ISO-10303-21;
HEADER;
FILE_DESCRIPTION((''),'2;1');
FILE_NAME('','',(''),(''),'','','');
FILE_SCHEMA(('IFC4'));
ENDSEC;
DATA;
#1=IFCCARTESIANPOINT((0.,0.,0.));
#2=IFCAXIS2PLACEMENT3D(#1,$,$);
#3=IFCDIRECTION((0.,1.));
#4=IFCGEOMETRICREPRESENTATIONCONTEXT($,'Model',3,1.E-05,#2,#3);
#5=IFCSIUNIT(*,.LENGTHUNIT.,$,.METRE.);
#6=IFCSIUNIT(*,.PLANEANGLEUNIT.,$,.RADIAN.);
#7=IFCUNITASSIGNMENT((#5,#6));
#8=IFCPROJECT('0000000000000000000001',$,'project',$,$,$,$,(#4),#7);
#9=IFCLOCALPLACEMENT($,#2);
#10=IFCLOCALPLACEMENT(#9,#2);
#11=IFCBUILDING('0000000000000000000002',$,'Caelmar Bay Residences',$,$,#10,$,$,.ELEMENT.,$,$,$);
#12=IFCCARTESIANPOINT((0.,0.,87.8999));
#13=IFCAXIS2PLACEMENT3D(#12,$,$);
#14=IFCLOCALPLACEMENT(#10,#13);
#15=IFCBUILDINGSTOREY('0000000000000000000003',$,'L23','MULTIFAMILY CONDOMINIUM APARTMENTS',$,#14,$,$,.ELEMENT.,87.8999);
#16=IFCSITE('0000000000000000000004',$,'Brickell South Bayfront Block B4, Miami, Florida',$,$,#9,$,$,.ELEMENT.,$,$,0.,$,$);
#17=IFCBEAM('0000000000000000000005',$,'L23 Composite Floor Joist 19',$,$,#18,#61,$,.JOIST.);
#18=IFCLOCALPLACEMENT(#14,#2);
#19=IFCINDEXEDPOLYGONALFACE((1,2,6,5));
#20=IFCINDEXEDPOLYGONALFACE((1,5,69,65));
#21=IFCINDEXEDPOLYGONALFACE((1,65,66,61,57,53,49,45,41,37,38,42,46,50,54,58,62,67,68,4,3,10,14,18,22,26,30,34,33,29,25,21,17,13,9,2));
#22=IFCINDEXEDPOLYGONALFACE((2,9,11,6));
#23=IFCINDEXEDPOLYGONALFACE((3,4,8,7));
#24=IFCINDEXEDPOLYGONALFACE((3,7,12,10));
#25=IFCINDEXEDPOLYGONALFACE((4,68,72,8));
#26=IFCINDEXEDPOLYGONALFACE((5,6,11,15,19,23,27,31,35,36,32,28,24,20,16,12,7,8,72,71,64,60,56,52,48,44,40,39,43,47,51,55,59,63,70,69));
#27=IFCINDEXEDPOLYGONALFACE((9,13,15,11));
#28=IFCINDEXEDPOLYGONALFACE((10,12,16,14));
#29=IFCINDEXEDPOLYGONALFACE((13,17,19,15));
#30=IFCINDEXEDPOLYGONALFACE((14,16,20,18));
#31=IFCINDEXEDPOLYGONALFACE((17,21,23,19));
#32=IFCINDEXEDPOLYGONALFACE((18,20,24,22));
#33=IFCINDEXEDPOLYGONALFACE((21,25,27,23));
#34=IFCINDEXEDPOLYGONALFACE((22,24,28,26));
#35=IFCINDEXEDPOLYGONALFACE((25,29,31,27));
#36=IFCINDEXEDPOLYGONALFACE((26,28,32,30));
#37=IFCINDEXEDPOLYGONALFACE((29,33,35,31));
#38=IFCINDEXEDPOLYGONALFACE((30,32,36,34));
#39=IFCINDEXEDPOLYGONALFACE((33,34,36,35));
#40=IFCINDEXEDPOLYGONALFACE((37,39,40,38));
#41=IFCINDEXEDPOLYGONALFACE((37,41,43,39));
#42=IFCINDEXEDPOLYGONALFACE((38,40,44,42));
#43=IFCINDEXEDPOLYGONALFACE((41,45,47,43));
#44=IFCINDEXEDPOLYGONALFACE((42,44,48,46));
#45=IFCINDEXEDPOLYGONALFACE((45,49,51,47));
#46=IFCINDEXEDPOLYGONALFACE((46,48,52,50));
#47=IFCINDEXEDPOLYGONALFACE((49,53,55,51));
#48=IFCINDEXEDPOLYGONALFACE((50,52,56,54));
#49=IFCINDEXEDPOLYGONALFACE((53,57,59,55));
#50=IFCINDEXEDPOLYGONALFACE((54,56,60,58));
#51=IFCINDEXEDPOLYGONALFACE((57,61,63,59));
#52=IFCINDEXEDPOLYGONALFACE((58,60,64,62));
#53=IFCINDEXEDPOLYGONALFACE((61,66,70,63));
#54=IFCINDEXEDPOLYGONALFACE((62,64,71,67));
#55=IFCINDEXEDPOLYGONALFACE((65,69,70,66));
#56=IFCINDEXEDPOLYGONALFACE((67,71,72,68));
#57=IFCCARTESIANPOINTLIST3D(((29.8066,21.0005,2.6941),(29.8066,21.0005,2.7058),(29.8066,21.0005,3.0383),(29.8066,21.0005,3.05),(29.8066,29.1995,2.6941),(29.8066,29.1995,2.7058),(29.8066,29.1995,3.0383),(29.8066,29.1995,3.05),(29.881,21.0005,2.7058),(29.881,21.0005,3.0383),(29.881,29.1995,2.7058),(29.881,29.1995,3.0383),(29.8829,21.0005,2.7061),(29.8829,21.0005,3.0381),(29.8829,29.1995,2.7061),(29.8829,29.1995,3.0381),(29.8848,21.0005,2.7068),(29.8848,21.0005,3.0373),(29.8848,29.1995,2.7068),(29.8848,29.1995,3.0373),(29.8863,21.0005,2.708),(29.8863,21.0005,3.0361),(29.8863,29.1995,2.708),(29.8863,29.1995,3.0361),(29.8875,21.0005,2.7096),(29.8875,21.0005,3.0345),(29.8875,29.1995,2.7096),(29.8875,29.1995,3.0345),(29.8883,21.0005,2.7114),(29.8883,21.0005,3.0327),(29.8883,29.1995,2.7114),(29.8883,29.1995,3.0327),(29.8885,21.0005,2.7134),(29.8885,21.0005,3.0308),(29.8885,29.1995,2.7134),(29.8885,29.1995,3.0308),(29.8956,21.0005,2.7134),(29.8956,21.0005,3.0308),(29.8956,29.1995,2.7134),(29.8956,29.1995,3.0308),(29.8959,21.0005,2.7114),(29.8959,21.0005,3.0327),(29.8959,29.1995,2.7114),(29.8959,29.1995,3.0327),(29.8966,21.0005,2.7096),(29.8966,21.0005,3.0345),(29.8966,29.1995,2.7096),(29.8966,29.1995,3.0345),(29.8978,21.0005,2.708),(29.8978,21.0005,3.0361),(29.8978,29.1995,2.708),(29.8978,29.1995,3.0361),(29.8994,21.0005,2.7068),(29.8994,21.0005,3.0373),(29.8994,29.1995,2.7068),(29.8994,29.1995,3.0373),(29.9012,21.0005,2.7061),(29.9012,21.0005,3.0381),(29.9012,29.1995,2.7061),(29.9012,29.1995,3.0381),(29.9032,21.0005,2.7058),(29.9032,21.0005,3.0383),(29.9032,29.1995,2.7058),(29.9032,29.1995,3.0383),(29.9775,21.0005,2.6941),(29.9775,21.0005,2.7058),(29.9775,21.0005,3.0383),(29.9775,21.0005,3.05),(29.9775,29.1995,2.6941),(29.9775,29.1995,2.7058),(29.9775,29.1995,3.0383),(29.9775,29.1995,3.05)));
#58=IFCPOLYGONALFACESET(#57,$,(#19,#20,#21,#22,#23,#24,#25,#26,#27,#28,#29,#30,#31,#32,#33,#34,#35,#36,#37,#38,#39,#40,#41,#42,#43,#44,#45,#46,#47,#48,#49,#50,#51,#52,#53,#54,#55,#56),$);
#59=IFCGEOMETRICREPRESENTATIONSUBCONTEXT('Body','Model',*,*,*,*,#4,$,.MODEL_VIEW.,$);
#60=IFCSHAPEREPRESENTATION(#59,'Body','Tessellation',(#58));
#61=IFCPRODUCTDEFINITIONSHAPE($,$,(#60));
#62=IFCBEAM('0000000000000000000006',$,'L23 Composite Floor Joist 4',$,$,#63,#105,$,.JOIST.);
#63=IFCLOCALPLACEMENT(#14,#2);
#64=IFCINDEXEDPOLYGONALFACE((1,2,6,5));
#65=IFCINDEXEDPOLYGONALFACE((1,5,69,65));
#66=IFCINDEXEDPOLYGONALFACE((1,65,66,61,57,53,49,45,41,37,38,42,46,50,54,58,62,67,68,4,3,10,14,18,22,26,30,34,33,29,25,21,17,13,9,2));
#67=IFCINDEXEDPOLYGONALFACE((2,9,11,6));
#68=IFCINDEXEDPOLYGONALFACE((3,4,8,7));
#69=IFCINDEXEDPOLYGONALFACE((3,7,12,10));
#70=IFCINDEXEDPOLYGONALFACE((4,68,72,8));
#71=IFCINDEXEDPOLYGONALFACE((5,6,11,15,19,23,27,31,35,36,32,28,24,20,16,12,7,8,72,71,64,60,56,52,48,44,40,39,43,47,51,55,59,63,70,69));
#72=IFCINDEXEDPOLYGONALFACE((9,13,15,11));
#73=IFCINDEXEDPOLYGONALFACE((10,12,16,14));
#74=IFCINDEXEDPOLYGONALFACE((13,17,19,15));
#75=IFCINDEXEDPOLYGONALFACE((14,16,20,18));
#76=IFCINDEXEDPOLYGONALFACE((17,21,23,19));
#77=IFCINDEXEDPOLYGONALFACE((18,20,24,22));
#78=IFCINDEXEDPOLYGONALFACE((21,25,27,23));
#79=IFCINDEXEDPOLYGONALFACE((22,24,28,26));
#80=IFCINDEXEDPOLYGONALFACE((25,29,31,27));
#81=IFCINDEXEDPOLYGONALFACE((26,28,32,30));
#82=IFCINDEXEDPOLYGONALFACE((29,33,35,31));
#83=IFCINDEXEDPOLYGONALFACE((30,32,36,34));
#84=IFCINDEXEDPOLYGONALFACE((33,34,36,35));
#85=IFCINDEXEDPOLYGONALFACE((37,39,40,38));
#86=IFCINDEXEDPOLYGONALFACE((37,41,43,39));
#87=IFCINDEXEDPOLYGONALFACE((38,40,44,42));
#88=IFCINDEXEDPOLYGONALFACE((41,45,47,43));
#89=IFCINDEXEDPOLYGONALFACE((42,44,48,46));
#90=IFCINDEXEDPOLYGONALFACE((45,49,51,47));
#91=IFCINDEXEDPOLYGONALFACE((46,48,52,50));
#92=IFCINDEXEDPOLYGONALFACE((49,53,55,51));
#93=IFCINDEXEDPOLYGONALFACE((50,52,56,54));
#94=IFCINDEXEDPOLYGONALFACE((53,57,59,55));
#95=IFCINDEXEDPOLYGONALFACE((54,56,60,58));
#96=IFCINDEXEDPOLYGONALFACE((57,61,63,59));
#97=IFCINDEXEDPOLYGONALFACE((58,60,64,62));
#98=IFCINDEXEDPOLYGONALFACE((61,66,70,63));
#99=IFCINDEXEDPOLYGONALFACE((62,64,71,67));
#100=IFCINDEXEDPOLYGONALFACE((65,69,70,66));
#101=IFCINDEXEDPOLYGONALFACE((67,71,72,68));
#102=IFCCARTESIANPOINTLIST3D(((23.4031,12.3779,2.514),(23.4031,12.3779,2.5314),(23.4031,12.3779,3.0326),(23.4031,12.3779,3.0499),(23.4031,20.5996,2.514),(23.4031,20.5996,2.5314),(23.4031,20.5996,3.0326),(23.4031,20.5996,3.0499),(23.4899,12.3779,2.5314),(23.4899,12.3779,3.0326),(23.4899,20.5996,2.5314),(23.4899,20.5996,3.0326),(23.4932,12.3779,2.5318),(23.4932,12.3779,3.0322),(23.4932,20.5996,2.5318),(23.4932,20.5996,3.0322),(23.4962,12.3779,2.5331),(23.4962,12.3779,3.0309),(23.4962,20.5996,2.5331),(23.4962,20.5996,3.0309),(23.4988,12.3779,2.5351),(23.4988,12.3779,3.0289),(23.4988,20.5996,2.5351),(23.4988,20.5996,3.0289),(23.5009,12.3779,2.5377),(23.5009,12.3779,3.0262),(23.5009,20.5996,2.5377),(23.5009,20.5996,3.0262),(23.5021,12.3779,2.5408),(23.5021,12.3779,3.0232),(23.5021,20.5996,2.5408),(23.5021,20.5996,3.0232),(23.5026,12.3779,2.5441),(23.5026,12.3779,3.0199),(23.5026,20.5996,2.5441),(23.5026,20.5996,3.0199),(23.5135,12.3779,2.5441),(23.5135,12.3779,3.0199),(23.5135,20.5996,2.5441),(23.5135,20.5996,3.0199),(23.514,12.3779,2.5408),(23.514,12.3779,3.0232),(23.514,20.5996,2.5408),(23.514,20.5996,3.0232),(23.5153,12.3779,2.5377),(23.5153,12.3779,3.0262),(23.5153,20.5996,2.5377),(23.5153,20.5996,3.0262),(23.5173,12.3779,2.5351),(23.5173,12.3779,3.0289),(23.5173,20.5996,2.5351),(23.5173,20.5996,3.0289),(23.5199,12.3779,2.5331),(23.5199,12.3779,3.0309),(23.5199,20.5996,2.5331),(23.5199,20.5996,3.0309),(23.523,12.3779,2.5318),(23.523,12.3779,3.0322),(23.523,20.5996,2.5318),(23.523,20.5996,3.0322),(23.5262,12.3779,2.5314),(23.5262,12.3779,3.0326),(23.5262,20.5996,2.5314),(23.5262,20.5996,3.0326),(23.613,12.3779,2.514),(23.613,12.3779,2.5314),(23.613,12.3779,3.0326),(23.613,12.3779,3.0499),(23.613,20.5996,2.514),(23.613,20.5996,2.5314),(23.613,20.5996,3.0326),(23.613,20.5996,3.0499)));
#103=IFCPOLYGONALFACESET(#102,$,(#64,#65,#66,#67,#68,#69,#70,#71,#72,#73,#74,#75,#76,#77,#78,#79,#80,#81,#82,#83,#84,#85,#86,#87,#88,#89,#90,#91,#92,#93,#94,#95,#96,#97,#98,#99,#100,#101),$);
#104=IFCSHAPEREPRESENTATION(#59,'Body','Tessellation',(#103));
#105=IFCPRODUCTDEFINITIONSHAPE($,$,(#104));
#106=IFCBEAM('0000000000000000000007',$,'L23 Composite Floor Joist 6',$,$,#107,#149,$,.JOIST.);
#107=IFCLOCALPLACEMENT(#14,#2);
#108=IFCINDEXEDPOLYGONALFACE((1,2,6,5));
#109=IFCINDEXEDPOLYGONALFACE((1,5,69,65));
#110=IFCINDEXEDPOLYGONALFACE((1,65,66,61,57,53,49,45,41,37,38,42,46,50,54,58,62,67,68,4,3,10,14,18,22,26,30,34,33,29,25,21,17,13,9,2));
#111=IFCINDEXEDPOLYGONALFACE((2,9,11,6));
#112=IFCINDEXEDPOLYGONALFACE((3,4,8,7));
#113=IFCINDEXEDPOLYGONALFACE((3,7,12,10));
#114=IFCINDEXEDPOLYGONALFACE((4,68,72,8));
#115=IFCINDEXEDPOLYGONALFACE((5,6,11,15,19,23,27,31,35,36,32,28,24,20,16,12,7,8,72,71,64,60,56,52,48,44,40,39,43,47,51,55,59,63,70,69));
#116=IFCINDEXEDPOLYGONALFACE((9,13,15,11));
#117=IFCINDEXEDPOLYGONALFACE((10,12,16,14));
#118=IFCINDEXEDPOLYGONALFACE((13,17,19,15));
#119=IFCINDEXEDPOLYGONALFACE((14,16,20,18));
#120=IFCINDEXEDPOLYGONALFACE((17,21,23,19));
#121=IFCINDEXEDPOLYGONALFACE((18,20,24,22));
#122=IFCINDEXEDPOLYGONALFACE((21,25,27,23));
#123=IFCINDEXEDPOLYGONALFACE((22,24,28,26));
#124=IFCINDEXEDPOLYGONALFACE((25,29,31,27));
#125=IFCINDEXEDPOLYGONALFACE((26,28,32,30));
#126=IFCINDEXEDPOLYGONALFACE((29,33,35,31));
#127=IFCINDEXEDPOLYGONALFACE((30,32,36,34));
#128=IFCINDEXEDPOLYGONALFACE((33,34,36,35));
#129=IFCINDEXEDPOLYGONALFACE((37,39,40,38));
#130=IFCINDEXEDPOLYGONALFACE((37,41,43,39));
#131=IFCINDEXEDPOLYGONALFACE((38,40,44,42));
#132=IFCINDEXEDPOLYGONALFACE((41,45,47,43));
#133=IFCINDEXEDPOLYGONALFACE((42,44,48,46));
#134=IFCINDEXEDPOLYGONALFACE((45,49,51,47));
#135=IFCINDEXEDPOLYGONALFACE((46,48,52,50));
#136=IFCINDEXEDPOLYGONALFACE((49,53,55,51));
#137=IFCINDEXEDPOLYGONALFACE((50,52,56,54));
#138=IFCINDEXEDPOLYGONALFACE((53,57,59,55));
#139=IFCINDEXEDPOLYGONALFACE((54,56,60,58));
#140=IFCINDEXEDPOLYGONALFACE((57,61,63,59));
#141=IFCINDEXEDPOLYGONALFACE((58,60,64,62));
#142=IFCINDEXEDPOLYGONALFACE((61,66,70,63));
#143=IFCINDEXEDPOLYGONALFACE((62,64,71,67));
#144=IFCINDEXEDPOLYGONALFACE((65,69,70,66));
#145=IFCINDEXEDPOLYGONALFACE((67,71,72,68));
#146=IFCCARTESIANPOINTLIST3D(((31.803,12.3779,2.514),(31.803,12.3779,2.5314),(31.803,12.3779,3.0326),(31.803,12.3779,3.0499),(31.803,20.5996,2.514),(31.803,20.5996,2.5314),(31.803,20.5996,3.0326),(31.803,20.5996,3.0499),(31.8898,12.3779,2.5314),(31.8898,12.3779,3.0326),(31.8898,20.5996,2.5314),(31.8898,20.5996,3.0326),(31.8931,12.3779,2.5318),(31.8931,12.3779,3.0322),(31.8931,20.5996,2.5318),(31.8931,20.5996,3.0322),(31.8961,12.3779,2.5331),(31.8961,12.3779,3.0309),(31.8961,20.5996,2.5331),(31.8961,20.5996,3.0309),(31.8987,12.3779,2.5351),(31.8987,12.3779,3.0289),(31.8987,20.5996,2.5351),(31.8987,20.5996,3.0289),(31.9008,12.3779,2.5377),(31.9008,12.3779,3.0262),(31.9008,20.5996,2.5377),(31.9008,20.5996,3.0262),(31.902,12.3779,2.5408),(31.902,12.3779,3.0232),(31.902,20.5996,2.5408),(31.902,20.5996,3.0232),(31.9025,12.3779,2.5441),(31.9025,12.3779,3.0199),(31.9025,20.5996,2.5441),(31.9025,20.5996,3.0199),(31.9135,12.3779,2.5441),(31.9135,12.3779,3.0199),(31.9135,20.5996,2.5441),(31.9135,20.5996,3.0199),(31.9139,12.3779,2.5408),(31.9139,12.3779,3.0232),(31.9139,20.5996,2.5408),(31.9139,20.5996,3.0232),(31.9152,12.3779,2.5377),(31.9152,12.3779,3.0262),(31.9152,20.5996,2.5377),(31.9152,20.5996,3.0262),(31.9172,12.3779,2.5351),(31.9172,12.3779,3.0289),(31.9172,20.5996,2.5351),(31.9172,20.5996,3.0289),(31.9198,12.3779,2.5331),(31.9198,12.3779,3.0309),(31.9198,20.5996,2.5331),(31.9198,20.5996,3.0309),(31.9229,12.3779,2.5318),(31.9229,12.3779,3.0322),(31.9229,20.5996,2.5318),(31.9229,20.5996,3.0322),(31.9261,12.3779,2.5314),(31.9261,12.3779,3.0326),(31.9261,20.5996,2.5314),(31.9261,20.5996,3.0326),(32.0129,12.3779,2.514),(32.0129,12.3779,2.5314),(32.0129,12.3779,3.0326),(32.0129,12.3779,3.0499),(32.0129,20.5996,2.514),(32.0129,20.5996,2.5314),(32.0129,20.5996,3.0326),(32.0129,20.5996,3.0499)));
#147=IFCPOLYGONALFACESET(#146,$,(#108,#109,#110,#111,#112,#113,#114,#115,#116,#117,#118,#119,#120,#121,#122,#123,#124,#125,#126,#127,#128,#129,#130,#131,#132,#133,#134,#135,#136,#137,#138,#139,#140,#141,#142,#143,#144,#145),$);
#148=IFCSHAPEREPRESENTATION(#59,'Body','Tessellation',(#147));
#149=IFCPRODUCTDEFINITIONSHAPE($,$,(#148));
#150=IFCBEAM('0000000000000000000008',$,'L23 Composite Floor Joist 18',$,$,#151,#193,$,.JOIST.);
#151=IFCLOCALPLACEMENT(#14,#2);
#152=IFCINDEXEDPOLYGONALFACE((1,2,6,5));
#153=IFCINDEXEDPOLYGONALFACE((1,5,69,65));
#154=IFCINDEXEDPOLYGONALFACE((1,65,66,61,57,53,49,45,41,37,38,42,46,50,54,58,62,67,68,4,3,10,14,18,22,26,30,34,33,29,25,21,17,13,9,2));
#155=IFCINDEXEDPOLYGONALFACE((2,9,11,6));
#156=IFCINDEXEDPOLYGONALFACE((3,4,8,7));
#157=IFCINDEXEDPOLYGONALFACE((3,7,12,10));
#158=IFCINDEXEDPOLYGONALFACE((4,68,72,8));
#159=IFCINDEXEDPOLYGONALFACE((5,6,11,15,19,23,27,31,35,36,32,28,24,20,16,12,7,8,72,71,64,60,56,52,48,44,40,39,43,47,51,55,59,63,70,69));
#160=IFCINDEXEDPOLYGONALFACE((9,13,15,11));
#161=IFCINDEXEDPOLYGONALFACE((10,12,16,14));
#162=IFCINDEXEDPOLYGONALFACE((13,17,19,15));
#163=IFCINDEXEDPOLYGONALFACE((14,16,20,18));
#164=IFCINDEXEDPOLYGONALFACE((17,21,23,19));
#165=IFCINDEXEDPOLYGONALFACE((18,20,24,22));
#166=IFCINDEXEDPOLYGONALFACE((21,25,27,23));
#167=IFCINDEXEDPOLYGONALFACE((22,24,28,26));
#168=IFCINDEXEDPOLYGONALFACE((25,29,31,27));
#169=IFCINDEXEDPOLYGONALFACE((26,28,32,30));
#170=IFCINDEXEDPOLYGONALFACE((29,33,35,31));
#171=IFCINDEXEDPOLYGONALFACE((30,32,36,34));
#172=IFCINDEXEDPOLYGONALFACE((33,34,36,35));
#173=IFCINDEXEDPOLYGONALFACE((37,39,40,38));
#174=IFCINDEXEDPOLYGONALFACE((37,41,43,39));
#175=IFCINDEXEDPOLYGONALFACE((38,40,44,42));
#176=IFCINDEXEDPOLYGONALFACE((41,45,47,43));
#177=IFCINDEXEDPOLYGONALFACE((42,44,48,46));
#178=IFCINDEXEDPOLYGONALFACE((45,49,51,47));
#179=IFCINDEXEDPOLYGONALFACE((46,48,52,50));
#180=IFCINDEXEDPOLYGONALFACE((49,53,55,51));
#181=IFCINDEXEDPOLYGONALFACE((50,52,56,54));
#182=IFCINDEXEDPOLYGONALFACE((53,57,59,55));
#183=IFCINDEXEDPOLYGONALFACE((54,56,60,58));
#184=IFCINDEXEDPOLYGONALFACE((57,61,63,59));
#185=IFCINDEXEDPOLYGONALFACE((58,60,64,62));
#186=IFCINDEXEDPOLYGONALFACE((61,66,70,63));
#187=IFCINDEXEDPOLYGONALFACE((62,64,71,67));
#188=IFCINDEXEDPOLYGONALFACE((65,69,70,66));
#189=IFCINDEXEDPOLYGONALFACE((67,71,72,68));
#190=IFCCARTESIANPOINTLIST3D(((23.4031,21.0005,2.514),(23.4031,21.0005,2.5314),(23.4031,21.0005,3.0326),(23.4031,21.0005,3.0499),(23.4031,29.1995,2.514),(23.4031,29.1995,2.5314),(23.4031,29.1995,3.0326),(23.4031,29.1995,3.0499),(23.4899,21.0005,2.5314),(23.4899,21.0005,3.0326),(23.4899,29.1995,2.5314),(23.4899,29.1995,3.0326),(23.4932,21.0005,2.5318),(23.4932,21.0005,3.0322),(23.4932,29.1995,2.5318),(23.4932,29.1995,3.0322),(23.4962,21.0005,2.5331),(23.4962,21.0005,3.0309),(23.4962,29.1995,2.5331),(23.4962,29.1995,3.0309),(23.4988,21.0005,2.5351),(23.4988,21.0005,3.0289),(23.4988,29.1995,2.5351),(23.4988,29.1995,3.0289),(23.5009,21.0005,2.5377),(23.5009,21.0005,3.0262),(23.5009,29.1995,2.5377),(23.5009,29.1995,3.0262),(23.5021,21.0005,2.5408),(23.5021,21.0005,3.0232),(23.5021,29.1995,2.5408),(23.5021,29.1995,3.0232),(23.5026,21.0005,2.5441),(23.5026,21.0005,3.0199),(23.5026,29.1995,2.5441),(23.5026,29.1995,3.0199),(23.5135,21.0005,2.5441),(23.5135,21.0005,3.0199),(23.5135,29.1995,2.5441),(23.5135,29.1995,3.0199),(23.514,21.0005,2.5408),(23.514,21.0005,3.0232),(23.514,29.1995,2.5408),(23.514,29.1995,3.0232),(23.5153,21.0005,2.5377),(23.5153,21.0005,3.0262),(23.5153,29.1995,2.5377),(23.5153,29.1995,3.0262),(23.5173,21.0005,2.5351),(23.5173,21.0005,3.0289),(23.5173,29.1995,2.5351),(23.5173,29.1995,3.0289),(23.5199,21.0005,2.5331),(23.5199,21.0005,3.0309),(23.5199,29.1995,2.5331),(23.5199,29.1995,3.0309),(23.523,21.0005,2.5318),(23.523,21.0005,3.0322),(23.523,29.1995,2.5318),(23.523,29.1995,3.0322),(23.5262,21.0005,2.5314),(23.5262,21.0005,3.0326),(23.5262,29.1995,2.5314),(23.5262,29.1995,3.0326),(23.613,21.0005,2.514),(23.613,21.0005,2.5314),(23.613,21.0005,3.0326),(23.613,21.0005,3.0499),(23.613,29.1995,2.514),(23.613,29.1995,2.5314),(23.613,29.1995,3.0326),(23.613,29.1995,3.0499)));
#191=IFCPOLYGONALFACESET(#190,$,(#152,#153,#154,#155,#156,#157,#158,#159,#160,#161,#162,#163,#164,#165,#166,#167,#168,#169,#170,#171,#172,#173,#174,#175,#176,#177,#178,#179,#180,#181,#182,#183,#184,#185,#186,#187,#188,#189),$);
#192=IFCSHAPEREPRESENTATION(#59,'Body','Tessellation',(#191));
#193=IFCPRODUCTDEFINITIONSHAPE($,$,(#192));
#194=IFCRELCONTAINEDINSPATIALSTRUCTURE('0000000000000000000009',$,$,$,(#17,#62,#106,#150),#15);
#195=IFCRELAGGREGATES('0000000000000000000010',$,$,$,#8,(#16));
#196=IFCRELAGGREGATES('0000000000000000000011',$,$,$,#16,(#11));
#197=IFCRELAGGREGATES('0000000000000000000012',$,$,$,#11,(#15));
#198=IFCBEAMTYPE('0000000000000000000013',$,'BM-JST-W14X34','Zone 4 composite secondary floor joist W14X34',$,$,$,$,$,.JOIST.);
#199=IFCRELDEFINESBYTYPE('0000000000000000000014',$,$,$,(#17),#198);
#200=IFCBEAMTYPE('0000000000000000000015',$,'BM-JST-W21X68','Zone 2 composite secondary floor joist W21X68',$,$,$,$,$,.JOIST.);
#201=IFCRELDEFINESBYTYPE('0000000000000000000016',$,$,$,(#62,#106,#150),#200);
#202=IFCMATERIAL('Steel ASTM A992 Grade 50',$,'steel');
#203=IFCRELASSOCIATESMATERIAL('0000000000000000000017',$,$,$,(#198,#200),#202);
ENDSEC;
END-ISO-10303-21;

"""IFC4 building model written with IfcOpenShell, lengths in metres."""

from ifc_helpers import new_model, si_unit, direction, frame, origin, origin_2d, place, context, subcontext, project, spatial, i_section, extrude, material, material_profile, profile_set, type_object, element, save


model = new_model("IFC4")

# Units and contexts
model_context = context("Model", 3, precision=1e-05, world=origin(), true_north=direction((0.0, 1.0)))
body_context = subcontext(model_context, "Body", "Model", "MODEL_VIEW")
ifc_project = project(units=[si_unit("LENGTHUNIT", "METRE"), si_unit("PLANEANGLEUNIT", "RADIAN")], contexts=[model_context])

# Site, building, storey
site_placement = place(None, origin())
site = spatial("IfcSite", under=ifc_project, at=site_placement, Name="Brickell South Bayfront Block B4, Miami, Florida", CompositionType="ELEMENT", RefElevation=0.0)
building_placement = place(site_placement, origin())
building = spatial("IfcBuilding", under=site, at=building_placement, Name="Caelmar Bay Residences", CompositionType="ELEMENT")
storey_placement = place(building_placement, frame((0.0, 0.0, 87.8999)))
storey = spatial("IfcBuildingStorey", under=building, at=storey_placement, Name="L23", Description="MULTIFAMILY CONDOMINIUM APARTMENTS", CompositionType="ELEMENT", Elevation=87.8999)

# Beams
ifc_material_1 = material(Name="Steel ASTM A992 Grade 50", Category="steel")
ifc_material_profile_1 = material_profile(ifc_material_1, i_section(OverallWidth=0.1709, OverallDepth=0.356, WebThickness=0.0071, FlangeThickness=0.0117, FilletRadius=0.0076, at=origin_2d()), Name="W14X34")
ifc_profile_set_1 = profile_set([ifc_material_profile_1], Name="Steel ASTM A992 Grade 50")
beam_type_1 = type_object("IfcBeamType", Name="BM-JST-W14X34", Description="Zone 4 composite secondary floor joist W14X34", PredefinedType="JOIST", material=ifc_profile_set_1)
for number, where, z_axis, x_axis, name in (
    (1, (29.8921, 21.0005, 2.8721), (0.0, 1.0, 0.0), (-1.0, 0.0, 0.0), "L23 Composite Floor Joist 19"),
):
    element("IfcBeam", number, at=place(storey_placement, frame(where, z_axis=z_axis, x_axis=x_axis)), inside=storey, type_object=beam_type_1, Name=name, PredefinedType="JOIST", context=body_context, shape_type="SweptSolid", body=[
        extrude(i_section(OverallWidth=0.1709, OverallDepth=0.356, WebThickness=0.0071, FlangeThickness=0.0117, FilletRadius=0.0076, at=origin_2d()), origin(), (0.0, 0.0, 1.0), 8.199),
    ])
ifc_material_profile_2 = material_profile(ifc_material_1, i_section(OverallWidth=0.21, OverallDepth=0.5359, WebThickness=0.011, FlangeThickness=0.0173, FilletRadius=0.0127, at=origin_2d()), Name="W21X68")
ifc_profile_set_2 = profile_set([ifc_material_profile_2], Name="Steel ASTM A992 Grade 50")
beam_type_2 = type_object("IfcBeamType", Name="BM-JST-W21X68", Description="Zone 2 composite secondary floor joist W21X68", PredefinedType="JOIST", material=ifc_profile_set_2)
for number, where, z_axis, x_axis, name in (
    (2, (23.5081, 12.3779, 2.782), (0.0, 1.0, 0.0), (-1.0, 0.0, 0.0), "L23 Composite Floor Joist 4"),
    (3, (31.908, 12.3779, 2.782), (0.0, 1.0, 0.0), (-1.0, 0.0, 0.0), "L23 Composite Floor Joist 6"),
):
    element("IfcBeam", number, at=place(storey_placement, frame(where, z_axis=z_axis, x_axis=x_axis)), inside=storey, type_object=beam_type_2, Name=name, PredefinedType="JOIST", context=body_context, shape_type="SweptSolid", body=[
        extrude(i_section(OverallWidth=0.21, OverallDepth=0.5359, WebThickness=0.011, FlangeThickness=0.0173, FilletRadius=0.0127, at=origin_2d()), origin(), (0.0, 0.0, 1.0), 8.2217),
    ])
for number, where, z_axis, x_axis, name in (
    (4, (23.5081, 21.0005, 2.782), (0.0, 1.0, 0.0), (-1.0, 0.0, 0.0), "L23 Composite Floor Joist 18"),
):
    element("IfcBeam", number, at=place(storey_placement, frame(where, z_axis=z_axis, x_axis=x_axis)), inside=storey, type_object=beam_type_2, Name=name, PredefinedType="JOIST", context=body_context, shape_type="SweptSolid", body=[
        extrude(i_section(OverallWidth=0.21, OverallDepth=0.5359, WebThickness=0.011, FlangeThickness=0.0173, FilletRadius=0.0127, at=origin_2d()), origin(), (0.0, 0.0, 1.0), 8.199),
    ])

save(model, "model.ifc")
